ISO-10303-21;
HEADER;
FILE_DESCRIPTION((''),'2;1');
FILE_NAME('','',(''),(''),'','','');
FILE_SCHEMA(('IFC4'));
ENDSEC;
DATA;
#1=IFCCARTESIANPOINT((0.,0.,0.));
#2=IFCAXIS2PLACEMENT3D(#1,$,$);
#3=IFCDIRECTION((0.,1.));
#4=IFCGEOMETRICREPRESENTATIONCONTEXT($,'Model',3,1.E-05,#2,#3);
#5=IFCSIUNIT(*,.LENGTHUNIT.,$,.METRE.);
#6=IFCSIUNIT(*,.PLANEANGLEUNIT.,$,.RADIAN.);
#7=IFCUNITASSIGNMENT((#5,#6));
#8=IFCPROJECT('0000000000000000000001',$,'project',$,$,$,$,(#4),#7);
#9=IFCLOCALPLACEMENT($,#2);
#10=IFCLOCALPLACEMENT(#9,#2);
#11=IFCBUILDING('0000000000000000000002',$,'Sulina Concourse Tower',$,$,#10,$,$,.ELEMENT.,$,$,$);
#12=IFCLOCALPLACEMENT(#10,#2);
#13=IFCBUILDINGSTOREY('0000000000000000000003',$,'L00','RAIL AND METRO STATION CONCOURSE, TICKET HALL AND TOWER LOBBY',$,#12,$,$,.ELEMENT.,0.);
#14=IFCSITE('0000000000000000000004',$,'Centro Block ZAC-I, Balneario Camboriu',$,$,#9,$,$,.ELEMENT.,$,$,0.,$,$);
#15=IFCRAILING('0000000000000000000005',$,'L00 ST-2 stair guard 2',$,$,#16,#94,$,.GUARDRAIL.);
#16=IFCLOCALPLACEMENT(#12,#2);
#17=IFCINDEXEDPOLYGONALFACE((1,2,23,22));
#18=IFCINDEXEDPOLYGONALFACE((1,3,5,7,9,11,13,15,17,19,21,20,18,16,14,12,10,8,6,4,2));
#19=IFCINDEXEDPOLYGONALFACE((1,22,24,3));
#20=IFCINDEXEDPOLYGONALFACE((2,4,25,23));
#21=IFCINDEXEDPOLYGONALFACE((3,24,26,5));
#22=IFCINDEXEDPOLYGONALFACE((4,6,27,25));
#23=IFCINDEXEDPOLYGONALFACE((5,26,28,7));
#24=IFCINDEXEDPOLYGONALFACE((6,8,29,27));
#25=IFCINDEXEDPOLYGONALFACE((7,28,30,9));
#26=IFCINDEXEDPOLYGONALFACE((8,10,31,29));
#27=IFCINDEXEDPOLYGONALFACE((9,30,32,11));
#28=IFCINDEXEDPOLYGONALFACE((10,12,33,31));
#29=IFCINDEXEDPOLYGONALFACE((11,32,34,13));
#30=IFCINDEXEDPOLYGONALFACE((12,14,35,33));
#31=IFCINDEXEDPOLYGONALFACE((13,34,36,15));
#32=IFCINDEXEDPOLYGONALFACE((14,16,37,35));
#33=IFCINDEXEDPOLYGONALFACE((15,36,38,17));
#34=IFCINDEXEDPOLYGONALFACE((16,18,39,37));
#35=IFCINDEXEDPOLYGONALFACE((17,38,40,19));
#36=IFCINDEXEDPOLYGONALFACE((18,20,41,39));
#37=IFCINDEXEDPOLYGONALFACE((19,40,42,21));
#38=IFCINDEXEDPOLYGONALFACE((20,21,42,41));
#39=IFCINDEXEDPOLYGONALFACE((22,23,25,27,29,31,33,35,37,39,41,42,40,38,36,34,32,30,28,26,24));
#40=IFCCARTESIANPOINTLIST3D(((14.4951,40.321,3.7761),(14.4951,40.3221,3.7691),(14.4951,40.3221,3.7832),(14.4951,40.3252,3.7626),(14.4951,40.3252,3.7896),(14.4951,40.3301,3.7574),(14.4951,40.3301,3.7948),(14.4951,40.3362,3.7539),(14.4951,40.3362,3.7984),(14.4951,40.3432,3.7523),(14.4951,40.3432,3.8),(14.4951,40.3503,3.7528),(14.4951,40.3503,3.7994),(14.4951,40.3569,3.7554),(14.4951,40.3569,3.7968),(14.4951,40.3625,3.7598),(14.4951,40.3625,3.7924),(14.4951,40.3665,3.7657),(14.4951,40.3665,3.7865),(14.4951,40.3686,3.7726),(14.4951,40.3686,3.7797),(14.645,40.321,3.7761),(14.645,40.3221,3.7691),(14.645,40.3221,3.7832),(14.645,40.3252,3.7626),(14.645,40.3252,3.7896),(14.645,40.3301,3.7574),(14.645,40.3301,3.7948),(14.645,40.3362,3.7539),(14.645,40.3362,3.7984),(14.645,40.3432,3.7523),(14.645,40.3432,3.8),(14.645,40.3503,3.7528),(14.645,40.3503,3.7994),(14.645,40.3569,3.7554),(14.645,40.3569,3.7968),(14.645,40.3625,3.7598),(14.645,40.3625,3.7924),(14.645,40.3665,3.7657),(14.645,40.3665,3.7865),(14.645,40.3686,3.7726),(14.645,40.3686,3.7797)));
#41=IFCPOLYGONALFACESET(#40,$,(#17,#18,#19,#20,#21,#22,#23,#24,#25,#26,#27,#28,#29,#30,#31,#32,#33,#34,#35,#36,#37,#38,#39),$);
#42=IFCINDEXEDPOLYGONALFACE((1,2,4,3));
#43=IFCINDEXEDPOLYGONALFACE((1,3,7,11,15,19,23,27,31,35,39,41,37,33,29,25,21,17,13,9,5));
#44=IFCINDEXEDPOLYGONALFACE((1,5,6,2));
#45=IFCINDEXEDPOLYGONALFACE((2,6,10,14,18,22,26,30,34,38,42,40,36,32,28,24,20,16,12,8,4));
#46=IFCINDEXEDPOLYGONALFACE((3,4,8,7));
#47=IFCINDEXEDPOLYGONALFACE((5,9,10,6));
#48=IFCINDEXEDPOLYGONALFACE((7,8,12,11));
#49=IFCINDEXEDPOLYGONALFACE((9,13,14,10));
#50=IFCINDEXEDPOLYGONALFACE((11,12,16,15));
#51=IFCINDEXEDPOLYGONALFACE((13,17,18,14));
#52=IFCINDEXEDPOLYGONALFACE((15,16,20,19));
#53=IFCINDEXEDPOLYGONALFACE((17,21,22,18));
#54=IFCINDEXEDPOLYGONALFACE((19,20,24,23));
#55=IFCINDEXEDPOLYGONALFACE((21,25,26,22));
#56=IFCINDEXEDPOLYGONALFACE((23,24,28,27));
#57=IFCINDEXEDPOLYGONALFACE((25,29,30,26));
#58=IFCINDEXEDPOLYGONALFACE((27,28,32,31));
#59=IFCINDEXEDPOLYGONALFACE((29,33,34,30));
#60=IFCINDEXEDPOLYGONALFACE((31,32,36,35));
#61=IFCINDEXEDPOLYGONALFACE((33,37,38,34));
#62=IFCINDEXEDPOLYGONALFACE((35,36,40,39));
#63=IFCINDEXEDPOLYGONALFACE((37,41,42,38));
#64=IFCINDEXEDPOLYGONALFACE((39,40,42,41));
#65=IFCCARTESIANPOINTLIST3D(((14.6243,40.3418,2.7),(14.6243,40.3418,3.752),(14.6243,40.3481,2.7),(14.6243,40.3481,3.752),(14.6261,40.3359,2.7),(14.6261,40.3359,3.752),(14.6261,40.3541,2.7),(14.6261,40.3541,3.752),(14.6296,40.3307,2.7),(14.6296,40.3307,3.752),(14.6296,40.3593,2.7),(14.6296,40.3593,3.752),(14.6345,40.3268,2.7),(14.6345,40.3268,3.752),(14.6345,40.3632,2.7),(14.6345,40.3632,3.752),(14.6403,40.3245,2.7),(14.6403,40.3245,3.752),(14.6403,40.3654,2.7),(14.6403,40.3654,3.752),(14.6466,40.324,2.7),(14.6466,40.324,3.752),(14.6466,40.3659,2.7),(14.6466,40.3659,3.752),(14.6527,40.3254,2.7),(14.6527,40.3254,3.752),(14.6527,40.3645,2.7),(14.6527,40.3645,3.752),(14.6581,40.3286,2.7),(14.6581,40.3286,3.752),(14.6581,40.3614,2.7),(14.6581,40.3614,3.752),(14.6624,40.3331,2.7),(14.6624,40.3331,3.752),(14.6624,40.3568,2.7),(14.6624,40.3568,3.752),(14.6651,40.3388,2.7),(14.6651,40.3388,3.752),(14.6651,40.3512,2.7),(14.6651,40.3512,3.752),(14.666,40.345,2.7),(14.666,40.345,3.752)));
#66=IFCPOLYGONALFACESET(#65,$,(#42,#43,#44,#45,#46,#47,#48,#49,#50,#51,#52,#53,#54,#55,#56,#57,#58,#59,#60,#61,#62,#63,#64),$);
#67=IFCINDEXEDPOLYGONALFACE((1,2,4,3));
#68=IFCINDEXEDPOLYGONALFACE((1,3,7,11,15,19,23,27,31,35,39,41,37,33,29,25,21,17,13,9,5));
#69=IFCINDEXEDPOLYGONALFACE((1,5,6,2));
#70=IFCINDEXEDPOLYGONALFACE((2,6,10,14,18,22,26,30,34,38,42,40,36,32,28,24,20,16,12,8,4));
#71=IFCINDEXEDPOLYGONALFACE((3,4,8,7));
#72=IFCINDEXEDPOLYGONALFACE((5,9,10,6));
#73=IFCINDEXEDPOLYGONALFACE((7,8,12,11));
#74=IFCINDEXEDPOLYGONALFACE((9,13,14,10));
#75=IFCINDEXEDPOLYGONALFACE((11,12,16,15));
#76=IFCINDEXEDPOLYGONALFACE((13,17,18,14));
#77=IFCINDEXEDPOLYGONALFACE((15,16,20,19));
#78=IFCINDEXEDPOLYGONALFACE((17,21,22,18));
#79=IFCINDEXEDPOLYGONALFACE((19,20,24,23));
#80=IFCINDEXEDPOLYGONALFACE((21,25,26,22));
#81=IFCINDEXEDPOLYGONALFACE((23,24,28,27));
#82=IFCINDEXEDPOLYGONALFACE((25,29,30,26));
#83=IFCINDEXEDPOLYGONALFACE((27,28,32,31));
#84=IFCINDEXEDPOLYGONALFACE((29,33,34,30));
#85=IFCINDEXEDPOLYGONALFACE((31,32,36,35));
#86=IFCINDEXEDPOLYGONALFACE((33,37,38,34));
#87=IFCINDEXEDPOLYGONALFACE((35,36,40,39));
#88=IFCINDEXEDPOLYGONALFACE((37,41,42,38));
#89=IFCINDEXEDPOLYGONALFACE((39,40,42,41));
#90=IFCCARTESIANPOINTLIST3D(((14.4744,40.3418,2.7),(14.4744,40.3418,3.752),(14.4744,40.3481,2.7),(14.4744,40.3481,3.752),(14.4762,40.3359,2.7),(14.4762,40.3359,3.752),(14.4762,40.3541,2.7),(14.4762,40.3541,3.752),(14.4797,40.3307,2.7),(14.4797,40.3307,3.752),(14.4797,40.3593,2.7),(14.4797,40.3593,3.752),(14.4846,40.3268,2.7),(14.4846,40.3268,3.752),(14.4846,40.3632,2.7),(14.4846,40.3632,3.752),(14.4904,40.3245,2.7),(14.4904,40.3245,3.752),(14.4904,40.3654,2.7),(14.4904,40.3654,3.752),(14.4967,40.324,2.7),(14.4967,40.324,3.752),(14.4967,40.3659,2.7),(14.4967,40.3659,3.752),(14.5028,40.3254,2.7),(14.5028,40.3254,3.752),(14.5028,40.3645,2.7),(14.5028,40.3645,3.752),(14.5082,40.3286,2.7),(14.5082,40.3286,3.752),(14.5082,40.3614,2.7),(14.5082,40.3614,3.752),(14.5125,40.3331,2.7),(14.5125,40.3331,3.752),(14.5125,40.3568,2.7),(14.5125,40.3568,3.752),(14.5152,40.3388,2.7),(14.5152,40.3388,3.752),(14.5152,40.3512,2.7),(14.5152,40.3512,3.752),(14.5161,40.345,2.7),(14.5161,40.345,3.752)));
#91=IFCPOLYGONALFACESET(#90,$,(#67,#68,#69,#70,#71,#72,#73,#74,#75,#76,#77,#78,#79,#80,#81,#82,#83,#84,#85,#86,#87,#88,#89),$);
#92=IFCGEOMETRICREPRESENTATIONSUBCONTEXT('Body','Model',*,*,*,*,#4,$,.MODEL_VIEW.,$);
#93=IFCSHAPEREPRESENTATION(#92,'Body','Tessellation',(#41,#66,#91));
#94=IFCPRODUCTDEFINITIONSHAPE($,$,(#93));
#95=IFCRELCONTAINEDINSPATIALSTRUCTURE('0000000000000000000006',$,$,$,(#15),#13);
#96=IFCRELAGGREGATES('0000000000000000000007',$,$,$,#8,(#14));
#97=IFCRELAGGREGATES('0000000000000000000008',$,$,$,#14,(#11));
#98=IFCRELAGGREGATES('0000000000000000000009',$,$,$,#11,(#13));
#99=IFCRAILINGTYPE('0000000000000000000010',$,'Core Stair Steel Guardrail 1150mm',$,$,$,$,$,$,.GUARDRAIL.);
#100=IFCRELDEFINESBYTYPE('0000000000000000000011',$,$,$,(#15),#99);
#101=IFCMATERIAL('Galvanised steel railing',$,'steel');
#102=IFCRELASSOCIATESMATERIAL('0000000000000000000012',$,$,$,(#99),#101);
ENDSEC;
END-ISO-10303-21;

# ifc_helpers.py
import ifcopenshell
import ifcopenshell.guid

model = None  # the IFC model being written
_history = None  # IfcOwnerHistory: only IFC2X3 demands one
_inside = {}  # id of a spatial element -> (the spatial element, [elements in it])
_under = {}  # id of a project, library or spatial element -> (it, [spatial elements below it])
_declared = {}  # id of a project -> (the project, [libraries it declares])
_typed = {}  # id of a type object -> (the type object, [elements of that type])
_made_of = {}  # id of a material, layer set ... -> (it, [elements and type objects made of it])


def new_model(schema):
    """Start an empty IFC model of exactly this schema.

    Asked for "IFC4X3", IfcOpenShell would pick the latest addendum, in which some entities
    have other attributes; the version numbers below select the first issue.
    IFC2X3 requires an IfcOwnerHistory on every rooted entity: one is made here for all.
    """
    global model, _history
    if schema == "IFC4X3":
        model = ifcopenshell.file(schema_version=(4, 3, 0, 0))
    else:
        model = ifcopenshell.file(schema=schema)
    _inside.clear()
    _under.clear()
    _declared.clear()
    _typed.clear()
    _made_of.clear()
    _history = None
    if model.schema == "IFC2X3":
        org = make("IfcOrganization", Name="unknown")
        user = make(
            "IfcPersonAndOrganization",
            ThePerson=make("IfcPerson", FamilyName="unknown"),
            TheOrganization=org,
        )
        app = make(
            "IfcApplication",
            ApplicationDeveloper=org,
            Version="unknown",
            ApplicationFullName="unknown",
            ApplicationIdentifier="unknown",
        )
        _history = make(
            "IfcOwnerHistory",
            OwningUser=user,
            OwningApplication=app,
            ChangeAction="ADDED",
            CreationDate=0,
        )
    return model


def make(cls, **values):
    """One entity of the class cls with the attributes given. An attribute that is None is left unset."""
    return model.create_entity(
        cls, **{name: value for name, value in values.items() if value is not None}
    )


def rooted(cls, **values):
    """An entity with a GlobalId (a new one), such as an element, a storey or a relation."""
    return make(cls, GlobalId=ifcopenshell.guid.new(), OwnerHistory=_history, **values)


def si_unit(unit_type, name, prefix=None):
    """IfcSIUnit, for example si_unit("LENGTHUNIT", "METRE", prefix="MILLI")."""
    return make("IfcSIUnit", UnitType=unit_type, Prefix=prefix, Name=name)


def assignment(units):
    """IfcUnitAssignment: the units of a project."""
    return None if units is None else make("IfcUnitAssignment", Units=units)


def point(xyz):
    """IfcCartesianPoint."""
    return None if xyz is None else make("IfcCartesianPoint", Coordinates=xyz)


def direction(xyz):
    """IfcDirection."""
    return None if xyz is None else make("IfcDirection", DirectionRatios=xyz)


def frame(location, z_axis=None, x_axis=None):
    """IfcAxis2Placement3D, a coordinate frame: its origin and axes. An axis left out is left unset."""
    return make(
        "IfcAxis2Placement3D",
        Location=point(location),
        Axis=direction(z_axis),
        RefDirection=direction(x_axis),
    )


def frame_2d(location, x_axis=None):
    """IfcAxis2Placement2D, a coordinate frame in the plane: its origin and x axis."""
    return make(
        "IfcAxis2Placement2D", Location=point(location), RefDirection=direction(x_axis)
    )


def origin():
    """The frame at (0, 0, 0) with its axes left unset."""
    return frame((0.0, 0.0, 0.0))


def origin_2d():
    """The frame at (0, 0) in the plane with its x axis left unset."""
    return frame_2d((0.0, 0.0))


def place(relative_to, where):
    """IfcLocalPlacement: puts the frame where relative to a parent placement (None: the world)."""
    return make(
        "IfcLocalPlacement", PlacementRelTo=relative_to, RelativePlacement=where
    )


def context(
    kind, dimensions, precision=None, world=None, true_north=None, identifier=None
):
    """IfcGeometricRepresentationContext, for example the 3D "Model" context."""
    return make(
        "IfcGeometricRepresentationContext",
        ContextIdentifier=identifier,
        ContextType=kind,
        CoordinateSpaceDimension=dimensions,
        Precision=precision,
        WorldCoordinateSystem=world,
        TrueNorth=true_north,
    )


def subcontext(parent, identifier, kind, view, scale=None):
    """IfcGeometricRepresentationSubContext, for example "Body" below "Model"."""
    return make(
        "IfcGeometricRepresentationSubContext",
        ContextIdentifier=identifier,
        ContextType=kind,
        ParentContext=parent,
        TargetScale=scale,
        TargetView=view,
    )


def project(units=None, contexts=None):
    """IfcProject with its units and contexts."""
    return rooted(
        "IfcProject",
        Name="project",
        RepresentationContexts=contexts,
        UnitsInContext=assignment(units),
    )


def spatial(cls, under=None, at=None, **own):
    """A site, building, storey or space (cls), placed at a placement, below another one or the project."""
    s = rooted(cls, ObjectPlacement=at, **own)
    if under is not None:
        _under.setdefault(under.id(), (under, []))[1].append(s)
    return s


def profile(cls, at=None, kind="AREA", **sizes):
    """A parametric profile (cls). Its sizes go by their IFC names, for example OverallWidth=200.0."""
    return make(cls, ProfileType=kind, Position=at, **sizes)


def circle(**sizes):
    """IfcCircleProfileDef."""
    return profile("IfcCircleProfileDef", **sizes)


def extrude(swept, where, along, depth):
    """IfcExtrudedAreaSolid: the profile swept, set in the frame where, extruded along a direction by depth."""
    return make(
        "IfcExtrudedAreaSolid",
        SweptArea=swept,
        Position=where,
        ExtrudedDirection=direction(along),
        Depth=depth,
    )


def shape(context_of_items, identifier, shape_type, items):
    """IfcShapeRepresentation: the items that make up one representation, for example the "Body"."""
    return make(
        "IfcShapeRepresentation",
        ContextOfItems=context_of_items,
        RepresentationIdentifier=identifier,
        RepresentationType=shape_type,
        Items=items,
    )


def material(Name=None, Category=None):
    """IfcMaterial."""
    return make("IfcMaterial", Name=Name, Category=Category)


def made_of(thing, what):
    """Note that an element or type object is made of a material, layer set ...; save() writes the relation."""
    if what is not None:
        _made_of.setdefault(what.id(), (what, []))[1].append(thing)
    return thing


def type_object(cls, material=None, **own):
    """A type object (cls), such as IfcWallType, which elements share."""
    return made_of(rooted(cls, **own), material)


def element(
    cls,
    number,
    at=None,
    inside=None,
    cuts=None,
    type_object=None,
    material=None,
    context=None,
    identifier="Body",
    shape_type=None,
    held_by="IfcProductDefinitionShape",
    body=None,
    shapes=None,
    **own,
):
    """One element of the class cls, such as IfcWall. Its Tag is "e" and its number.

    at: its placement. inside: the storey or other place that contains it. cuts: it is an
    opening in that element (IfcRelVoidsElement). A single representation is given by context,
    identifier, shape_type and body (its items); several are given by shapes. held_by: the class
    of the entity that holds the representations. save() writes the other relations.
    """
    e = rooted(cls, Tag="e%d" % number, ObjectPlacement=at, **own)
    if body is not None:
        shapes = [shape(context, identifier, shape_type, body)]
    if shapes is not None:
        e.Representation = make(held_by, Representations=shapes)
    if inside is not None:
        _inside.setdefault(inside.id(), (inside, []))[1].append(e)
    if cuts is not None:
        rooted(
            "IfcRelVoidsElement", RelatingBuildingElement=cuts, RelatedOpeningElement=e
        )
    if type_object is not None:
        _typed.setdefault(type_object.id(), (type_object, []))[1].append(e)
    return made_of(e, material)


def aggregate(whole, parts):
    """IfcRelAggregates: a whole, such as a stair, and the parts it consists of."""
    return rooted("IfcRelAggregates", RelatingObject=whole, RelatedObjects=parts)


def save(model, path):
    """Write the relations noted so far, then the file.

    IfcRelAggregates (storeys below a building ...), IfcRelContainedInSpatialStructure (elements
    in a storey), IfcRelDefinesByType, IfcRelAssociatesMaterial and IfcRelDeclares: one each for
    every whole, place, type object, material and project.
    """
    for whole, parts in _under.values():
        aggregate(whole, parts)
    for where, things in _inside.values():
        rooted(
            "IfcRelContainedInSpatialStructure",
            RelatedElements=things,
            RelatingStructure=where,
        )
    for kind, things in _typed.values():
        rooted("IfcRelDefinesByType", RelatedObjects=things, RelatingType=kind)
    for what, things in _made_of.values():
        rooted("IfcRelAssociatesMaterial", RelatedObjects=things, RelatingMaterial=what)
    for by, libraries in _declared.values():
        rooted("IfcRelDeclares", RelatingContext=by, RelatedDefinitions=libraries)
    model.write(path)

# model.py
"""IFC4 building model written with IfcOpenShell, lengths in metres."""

from ifc_helpers import new_model, si_unit, direction, frame, origin, origin_2d, place, context, subcontext, project, spatial, circle, extrude, material, type_object, element, save


model = new_model("IFC4")

# Units and contexts
model_context = context("Model", 3, precision=1e-05, world=origin(), true_north=direction((0.0, 1.0)))
body_context = subcontext(model_context, "Body", "Model", "MODEL_VIEW")
ifc_project = project(units=[si_unit("LENGTHUNIT", "METRE"), si_unit("PLANEANGLEUNIT", "RADIAN")], contexts=[model_context])

# Site, building, storey
site_placement = place(None, origin())
site = spatial("IfcSite", under=ifc_project, at=site_placement, Name="Centro Block ZAC-I, Balneario Camboriu", CompositionType="ELEMENT", RefElevation=0.0)
building_placement = place(site_placement, origin())
building = spatial("IfcBuilding", under=site, at=building_placement, Name="Sulina Concourse Tower", CompositionType="ELEMENT")
storey_placement = place(building_placement, origin())
storey = spatial("IfcBuildingStorey", under=building, at=storey_placement, Name="L00", Description="RAIL AND METRO STATION CONCOURSE, TICKET HALL AND TOWER LOBBY", CompositionType="ELEMENT", Elevation=0.0)

# Railing
ifc_material_1 = material(Name="Galvanised steel railing", Category="steel")
railing_type_1 = type_object("IfcRailingType", Name="Core Stair Steel Guardrail 1150mm", PredefinedType="GUARDRAIL", material=ifc_material_1)
railing_1_placement = place(storey_placement, frame((14.645, 40.345, 2.7)))
element("IfcRailing", 1, at=railing_1_placement, inside=storey, type_object=railing_type_1, Name="L00 ST-2 stair guard 2", PredefinedType="GUARDRAIL", context=body_context, shape_type="SweptSolid", body=[
    extrude(circle(Radius=0.0239, at=origin_2d()), frame((0.0, 0.0, 1.0762), z_axis=(-1.0, 0.0, 0.0), x_axis=(0.0, -1.0, 0.0)), (0.0, 0.0, 1.0), 0.1499),
    extrude(circle(Radius=0.021, at=origin_2d()), origin(), (0.0, 0.0, 1.0), 1.052),
    extrude(circle(Radius=0.021, at=origin_2d()), frame((-0.1499, 0.0, 0.0)), (0.0, 0.0, 1.0), 1.052),
])

save(model, "model.ifc")
